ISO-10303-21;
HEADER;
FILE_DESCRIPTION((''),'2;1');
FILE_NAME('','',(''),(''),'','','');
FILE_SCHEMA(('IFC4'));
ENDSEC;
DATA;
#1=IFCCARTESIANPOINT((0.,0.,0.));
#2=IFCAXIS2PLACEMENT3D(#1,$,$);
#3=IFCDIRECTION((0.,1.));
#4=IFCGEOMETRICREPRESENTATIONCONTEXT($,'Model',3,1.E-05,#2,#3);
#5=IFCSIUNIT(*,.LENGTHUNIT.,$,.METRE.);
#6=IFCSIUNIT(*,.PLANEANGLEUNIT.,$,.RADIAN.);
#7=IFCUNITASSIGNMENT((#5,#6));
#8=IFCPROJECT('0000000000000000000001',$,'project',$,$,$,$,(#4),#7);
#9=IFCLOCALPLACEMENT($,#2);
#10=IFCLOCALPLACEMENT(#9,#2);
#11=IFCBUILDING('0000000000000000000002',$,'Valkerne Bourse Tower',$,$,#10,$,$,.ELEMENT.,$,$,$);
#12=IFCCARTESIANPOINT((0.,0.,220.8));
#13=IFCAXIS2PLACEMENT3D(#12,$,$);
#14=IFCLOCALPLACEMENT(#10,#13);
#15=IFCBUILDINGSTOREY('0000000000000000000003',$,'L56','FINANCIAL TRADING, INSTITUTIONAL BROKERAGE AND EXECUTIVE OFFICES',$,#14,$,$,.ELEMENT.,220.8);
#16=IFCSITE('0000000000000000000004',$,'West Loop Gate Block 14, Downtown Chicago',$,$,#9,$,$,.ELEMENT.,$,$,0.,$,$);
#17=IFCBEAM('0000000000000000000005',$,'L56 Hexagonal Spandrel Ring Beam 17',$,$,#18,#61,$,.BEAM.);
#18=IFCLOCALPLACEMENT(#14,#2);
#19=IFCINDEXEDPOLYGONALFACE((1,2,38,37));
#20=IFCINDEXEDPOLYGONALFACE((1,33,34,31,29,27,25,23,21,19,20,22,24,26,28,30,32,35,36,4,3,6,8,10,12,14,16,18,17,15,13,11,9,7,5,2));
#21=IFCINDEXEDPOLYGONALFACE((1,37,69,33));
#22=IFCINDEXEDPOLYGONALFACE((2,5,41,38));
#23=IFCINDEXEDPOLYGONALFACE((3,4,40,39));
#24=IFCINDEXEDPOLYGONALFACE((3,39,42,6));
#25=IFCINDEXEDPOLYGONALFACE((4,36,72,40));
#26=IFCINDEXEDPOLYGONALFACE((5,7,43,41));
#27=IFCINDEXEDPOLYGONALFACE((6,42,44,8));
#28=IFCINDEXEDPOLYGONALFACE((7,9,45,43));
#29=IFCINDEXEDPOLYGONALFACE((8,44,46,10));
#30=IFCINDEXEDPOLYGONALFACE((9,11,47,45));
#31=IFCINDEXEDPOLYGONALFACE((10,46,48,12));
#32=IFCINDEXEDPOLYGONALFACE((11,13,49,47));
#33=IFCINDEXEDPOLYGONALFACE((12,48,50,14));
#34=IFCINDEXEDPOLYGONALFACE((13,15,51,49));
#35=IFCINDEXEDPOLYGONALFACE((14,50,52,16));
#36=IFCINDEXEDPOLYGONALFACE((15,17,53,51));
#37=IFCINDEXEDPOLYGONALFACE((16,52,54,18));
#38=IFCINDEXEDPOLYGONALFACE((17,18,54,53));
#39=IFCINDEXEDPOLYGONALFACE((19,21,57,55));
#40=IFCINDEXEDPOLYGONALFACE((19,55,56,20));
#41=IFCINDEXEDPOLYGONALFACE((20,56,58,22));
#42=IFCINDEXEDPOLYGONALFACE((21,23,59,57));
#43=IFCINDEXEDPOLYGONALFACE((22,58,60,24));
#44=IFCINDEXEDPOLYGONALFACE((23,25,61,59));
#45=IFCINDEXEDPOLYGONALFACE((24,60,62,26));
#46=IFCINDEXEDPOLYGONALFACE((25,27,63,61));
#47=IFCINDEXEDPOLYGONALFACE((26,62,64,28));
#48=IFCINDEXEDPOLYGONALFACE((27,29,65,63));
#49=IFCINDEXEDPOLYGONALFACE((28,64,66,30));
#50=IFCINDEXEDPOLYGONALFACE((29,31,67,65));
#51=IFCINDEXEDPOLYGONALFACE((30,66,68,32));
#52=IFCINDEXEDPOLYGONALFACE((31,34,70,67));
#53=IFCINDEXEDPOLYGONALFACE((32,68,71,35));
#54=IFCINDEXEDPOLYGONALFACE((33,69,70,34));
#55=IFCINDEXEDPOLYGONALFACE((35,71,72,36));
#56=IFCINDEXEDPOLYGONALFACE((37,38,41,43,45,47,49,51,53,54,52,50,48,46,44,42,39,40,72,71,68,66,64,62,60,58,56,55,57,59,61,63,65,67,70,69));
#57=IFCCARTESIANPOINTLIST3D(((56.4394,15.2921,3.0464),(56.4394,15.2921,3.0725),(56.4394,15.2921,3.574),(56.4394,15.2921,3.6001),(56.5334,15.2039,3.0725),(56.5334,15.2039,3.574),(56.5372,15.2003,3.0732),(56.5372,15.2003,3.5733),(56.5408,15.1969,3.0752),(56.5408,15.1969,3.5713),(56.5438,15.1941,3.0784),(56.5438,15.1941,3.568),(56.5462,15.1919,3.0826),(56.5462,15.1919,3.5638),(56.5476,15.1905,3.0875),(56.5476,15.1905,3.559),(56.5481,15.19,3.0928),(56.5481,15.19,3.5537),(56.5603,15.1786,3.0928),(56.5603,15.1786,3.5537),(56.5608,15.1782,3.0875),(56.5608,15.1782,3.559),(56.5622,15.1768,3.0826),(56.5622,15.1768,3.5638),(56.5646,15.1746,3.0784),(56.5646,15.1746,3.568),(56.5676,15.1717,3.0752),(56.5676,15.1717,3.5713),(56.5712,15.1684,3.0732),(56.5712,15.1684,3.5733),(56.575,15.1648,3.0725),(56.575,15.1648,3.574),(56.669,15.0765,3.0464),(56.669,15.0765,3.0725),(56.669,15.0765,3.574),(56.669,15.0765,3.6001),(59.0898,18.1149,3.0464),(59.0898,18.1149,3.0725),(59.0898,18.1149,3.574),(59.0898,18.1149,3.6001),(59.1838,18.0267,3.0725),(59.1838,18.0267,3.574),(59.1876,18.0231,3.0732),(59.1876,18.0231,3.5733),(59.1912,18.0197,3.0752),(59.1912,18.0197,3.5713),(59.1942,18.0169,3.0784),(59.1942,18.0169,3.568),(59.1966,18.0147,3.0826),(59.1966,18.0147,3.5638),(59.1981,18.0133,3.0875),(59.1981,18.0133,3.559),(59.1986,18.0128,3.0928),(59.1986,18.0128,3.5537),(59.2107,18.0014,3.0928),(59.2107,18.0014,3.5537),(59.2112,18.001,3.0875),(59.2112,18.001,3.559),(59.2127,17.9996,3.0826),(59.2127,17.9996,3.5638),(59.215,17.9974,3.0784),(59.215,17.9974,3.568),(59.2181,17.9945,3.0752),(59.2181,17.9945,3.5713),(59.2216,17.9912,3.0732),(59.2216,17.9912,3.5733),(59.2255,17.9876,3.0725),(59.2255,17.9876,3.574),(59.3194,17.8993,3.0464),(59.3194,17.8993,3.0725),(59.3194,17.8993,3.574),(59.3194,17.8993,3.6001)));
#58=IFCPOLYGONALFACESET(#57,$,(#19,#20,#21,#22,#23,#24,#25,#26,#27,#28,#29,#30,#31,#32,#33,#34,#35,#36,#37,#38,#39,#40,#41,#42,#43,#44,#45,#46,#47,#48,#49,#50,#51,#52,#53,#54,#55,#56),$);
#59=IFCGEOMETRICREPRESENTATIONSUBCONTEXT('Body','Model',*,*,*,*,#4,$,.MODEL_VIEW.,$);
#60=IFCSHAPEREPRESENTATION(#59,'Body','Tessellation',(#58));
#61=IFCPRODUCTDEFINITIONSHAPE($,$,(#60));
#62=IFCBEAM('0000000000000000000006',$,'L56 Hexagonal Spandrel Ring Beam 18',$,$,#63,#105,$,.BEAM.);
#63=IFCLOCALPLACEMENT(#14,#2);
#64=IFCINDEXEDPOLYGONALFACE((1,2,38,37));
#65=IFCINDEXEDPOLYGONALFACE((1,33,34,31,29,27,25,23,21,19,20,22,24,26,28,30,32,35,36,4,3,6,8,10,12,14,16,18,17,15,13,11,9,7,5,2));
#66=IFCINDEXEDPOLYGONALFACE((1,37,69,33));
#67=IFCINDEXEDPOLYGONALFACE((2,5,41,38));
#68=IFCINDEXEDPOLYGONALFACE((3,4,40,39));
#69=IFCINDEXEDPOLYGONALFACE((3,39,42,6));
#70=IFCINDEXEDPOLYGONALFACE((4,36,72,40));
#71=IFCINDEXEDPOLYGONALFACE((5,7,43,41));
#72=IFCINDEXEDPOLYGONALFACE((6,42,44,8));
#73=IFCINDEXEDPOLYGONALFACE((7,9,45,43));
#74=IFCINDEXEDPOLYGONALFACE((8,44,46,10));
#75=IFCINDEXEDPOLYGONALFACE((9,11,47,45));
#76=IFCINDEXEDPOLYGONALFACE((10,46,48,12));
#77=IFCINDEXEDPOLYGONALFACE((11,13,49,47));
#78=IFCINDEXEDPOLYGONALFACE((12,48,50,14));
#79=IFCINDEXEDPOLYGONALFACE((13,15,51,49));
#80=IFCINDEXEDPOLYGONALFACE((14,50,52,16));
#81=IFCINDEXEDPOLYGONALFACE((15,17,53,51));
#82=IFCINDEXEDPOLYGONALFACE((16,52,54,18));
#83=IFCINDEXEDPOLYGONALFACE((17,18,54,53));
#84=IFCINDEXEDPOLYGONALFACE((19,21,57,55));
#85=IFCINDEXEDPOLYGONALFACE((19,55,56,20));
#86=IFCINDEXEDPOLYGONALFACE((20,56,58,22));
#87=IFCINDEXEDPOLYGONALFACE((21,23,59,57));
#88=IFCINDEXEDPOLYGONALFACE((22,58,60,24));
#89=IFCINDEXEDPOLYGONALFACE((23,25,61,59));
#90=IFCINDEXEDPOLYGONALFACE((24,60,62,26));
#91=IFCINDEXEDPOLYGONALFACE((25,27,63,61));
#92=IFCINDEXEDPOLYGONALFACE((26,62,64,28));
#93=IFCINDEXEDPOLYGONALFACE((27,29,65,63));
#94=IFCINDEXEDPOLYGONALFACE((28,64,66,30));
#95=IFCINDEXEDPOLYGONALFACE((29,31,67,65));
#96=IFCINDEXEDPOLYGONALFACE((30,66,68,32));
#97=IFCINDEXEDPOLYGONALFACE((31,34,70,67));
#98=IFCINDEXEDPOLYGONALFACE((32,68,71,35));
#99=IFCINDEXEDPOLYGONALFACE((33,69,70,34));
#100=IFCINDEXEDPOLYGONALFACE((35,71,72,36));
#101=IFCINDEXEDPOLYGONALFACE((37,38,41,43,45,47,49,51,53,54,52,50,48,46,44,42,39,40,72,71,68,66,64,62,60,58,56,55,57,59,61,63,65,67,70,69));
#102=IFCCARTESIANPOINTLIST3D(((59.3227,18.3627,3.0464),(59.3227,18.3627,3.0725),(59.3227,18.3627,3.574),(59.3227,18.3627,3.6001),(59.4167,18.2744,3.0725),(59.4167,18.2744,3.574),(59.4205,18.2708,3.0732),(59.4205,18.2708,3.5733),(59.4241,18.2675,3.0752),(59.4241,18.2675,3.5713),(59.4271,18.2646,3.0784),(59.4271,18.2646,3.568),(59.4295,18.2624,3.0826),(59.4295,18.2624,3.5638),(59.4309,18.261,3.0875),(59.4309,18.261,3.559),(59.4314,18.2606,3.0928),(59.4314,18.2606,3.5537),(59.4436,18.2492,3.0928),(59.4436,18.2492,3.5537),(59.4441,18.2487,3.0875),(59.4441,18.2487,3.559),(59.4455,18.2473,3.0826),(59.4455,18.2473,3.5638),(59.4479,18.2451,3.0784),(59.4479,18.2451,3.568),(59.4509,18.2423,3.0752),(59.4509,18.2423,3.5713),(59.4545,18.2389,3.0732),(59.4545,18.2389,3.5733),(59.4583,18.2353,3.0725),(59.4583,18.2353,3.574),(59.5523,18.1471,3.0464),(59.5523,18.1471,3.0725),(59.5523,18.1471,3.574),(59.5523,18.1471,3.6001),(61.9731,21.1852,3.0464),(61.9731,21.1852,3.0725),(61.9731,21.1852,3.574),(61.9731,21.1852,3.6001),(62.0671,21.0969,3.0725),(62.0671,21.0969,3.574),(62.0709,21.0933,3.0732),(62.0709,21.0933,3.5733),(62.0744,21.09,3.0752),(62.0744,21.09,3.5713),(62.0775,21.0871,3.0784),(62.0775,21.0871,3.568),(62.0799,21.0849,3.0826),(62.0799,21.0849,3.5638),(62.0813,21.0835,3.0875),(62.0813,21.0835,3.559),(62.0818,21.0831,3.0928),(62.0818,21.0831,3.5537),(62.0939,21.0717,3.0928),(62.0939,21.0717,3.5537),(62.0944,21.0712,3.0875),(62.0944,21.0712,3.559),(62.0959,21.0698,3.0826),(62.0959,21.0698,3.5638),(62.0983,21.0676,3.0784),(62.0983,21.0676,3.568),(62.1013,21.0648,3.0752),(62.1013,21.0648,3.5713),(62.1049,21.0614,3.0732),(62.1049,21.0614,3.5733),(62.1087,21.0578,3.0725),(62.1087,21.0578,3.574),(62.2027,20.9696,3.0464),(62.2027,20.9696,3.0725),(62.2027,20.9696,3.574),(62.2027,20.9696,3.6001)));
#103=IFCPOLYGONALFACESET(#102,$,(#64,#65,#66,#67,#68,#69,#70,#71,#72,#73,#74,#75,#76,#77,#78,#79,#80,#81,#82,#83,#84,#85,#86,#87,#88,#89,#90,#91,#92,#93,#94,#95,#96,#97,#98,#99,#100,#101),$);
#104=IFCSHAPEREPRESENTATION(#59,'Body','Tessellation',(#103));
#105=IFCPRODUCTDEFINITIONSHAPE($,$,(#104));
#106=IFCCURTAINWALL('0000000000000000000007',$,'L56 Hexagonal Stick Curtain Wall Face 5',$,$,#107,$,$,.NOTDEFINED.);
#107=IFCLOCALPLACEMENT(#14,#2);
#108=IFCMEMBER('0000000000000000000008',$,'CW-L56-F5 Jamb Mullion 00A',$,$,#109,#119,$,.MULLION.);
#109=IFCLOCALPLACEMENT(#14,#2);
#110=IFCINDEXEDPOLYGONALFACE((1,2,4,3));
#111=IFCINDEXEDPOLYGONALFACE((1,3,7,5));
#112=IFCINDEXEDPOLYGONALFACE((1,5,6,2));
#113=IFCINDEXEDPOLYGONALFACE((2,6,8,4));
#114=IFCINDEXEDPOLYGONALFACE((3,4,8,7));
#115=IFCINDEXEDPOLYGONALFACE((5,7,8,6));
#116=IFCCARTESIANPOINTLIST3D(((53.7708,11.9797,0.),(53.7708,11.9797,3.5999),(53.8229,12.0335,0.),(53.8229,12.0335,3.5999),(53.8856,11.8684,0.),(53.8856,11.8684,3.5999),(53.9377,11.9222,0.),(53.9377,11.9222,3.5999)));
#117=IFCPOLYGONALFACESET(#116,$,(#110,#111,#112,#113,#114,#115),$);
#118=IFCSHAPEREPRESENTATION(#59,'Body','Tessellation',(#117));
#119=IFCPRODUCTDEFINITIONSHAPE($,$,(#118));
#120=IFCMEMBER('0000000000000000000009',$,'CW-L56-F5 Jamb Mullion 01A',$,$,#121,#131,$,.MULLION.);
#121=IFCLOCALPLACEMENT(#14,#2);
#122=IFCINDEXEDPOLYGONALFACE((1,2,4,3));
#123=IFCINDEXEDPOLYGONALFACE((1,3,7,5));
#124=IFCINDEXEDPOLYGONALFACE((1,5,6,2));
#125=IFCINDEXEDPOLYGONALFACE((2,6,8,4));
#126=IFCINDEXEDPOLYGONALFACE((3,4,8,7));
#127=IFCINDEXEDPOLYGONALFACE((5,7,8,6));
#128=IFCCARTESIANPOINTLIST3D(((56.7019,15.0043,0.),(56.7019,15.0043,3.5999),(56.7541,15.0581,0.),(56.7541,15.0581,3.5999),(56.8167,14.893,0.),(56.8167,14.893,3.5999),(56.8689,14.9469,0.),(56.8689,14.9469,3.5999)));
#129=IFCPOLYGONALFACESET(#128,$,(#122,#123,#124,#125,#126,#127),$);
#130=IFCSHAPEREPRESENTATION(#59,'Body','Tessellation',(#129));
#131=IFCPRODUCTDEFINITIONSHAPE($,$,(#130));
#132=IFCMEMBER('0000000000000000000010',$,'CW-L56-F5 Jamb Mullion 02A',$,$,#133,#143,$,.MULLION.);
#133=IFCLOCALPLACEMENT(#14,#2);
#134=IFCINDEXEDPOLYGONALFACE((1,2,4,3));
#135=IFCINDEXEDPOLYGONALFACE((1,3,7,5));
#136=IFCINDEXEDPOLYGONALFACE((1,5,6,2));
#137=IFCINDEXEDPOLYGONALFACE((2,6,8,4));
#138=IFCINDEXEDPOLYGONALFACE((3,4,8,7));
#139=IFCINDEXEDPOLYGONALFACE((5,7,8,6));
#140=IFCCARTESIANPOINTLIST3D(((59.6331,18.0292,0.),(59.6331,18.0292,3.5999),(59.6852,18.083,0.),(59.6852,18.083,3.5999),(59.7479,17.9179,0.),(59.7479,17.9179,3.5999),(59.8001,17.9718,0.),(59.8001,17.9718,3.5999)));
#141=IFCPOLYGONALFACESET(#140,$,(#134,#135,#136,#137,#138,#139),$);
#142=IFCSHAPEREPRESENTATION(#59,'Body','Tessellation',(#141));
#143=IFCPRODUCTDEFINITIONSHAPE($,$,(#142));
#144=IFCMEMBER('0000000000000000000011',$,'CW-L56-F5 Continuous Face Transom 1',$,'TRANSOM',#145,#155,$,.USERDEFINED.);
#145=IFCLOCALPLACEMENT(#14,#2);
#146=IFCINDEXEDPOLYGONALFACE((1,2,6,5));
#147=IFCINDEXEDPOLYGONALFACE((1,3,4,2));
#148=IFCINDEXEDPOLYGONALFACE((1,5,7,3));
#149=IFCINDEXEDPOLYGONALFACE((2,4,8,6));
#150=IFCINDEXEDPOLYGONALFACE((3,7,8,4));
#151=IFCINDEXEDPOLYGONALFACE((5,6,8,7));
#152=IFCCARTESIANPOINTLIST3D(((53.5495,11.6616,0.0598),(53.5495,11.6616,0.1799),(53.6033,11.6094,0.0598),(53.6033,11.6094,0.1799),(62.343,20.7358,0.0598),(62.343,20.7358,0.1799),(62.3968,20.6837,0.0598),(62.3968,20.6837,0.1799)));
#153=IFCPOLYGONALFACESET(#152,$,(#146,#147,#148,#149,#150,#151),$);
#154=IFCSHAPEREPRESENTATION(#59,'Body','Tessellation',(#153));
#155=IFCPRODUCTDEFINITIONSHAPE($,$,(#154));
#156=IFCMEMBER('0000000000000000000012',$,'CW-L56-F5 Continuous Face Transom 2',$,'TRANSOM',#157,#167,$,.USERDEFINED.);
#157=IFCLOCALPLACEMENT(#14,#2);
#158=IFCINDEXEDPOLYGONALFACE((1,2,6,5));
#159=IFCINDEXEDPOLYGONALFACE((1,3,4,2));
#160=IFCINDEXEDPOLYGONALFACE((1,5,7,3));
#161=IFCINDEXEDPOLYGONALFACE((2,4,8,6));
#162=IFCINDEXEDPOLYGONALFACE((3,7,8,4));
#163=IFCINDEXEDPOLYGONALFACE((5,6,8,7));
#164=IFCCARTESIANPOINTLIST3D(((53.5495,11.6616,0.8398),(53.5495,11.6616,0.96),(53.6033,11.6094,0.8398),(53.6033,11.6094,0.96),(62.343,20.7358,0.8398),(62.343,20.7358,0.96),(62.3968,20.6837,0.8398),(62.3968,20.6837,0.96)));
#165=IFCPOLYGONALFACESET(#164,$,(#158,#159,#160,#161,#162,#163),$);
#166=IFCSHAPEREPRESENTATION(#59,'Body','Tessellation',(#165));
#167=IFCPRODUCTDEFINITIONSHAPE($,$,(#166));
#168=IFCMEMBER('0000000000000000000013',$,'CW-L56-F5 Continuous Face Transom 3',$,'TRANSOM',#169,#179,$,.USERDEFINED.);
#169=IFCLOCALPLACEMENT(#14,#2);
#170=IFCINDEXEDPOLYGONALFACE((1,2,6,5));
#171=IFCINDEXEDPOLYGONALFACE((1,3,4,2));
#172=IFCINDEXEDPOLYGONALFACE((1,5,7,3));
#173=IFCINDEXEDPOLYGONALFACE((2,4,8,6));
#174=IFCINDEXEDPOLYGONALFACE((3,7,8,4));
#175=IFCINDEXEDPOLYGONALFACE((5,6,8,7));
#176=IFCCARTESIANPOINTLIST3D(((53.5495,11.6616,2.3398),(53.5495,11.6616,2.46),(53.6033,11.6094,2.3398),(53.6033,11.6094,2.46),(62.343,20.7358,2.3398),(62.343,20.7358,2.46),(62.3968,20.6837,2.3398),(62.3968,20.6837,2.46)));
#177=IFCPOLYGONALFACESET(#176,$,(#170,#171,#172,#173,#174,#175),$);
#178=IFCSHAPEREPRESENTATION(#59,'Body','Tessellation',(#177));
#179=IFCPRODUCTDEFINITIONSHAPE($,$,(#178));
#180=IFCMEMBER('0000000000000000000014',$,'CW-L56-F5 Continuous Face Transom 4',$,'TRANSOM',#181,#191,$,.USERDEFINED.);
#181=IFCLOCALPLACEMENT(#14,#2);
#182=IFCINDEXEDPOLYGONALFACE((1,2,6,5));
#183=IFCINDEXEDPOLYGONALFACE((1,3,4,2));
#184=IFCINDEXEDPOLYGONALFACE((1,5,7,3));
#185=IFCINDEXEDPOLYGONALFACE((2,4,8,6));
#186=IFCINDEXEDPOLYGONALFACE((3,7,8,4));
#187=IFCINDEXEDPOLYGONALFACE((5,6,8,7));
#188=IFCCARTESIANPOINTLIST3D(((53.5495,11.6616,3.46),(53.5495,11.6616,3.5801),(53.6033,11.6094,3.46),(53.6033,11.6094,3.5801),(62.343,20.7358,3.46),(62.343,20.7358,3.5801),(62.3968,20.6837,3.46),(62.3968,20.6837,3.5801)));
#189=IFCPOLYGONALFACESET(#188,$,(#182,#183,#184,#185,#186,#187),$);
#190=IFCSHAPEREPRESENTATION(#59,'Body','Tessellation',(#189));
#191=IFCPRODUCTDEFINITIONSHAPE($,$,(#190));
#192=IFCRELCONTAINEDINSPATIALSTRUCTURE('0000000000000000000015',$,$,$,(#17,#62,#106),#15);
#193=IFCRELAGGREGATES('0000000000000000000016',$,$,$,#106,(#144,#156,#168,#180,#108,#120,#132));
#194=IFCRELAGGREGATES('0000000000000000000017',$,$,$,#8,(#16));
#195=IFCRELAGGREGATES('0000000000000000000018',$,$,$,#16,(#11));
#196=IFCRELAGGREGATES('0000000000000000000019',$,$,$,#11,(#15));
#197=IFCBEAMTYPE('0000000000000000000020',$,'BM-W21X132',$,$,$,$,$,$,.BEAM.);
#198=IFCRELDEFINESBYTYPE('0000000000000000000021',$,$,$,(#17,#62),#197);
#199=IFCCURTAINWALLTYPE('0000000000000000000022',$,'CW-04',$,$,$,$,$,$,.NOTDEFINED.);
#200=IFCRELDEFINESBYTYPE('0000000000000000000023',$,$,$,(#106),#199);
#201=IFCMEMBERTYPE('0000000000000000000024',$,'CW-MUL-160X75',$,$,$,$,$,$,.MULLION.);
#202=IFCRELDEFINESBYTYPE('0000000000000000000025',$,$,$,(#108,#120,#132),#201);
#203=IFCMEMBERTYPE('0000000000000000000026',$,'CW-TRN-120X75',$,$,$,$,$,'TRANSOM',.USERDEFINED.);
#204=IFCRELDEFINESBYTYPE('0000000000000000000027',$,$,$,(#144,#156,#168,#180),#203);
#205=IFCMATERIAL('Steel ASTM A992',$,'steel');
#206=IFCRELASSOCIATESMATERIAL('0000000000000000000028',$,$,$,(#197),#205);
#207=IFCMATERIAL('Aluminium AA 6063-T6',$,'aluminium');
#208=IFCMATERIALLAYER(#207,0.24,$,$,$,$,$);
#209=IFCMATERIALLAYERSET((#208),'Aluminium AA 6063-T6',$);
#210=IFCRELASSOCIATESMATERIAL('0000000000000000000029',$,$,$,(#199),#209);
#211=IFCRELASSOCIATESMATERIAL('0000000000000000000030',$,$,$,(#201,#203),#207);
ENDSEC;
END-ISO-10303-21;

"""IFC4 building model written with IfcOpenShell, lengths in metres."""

from ifc_helpers import new_model, si_unit, direction, frame, origin, origin_2d, place, context, subcontext, project, spatial, rectangle, i_section, extrude, material, layer, layer_set, material_profile, profile_set, type_object, element, aggregate, save


model = new_model("IFC4")

# Units and contexts
model_context = context("Model", 3, precision=1e-05, world=origin(), true_north=direction((0.0, 1.0)))
body_context = subcontext(model_context, "Body", "Model", "MODEL_VIEW")
ifc_project = project(units=[si_unit("LENGTHUNIT", "METRE"), si_unit("PLANEANGLEUNIT", "RADIAN")], contexts=[model_context])

# Site, building, storey
site_placement = place(None, origin())
site = spatial("IfcSite", under=ifc_project, at=site_placement, Name="West Loop Gate Block 14, Downtown Chicago", CompositionType="ELEMENT", RefElevation=0.0)
building_placement = place(site_placement, origin())
building = spatial("IfcBuilding", under=site, at=building_placement, Name="Valkerne Bourse Tower", CompositionType="ELEMENT")
storey_placement = place(building_placement, frame((0.0, 0.0, 220.8)))
storey = spatial("IfcBuildingStorey", under=building, at=storey_placement, Name="L56", Description="FINANCIAL TRADING, INSTITUTIONAL BROKERAGE AND EXECUTIVE OFFICES", CompositionType="ELEMENT", Elevation=220.8)

# Beams
ifc_material_1 = material(Name="Steel ASTM A992", Category="steel")
ifc_material_profile_1 = material_profile(ifc_material_1, i_section(OverallWidth=0.3149, OverallDepth=0.5537, WebThickness=0.0166, FlangeThickness=0.0261, FilletRadius=0.0203, at=origin_2d()), Name="W21X132")
ifc_profile_set_1 = profile_set([ifc_material_profile_1], Name="Steel ASTM A992")
beam_type = type_object("IfcBeamType", Name="BM-W21X132", PredefinedType="BEAM", material=ifc_profile_set_1)
beam_1_placement = place(storey_placement, frame((56.5542, 15.1843, 3.3232), z_axis=(0.684499, 0.729014, 0.0), x_axis=(-0.729014, 0.684499, 0.0)))
element("IfcBeam", 1, at=beam_1_placement, inside=storey, type_object=beam_type, Name="L56 Hexagonal Spandrel Ring Beam 17", PredefinedType="BEAM", context=body_context, shape_type="SweptSolid", body=[
    extrude(i_section(OverallWidth=0.3149, OverallDepth=0.5537, WebThickness=0.0166, FlangeThickness=0.0261, FilletRadius=0.0203, at=origin_2d()), origin(), (0.0, 0.0, 1.0), 3.8721),
])
beam_2_placement = place(storey_placement, frame((59.4375, 18.2549, 3.3232), z_axis=(0.68453, 0.728984, 0.0), x_axis=(-0.728984, 0.68453, 0.0)))
element("IfcBeam", 2, at=beam_2_placement, inside=storey, type_object=beam_type, Name="L56 Hexagonal Spandrel Ring Beam 18", PredefinedType="BEAM", context=body_context, shape_type="SweptSolid", body=[
    extrude(i_section(OverallWidth=0.3149, OverallDepth=0.5537, WebThickness=0.0166, FlangeThickness=0.0261, FilletRadius=0.0203, at=origin_2d()), origin(), (0.0, 0.0, 1.0), 3.8718),
])

# Curtain wall, members
ifc_material_2 = material(Name="Aluminium AA 6063-T6", Category="aluminium")
ifc_layer_1 = layer(ifc_material_2, 0.24)
ifc_layer_set_1 = layer_set([ifc_layer_1], Name="Aluminium AA 6063-T6")
curtain_wall_type = type_object("IfcCurtainWallType", Name="CW-04", PredefinedType="NOTDEFINED", material=ifc_layer_set_1)
curtain_wall_placement = place(storey_placement, origin())
curtain_wall = element("IfcCurtainWall", 3, at=curtain_wall_placement, inside=storey, type_object=curtain_wall_type, Name="L56 Hexagonal Stick Curtain Wall Face 5", PredefinedType="NOTDEFINED")
ifc_material_profile_2 = material_profile(ifc_material_2, rectangle(XDim=0.075, YDim=0.1599, at=origin_2d()), Name="CWM-75X160")
ifc_profile_set_2 = profile_set([ifc_material_profile_2], Name="Aluminium AA 6063-T6")
member_type_1 = type_object("IfcMemberType", Name="CW-MUL-160X75", PredefinedType="MULLION", material=ifc_profile_set_2)
member_1_placement = place(storey_placement, frame((53.8542, 11.9509, 0.0), z_axis=(0.0, 0.0, 1.0), x_axis=(0.69592, 0.718119, 0.0)))
member_1 = element("IfcMember", 4, at=member_1_placement, type_object=member_type_1, Name="CW-L56-F5 Jamb Mullion 00A", PredefinedType="MULLION", context=body_context, shape_type="SweptSolid", body=[
    extrude(rectangle(XDim=0.075, YDim=0.1599, at=origin_2d()), origin(), (0.0, 0.0, 1.0), 3.5999),
])
member_2_placement = place(storey_placement, frame((56.7854, 14.9756, 0.0), z_axis=(0.0, 0.0, 1.0), x_axis=(0.695908, 0.71813, 0.0)))
member_2 = element("IfcMember", 5, at=member_2_placement, type_object=member_type_1, Name="CW-L56-F5 Jamb Mullion 01A", PredefinedType="MULLION", context=body_context, shape_type="SweptSolid", body=[
    extrude(rectangle(XDim=0.075, YDim=0.1599, at=origin_2d()), origin(), (0.0, 0.0, 1.0), 3.5999),
])
member_3_placement = place(storey_placement, frame((59.7166, 18.0005, 0.0), z_axis=(0.0, 0.0, 1.0), x_axis=(0.69592, 0.718119, 0.0)))
member_3 = element("IfcMember", 6, at=member_3_placement, type_object=member_type_1, Name="CW-L56-F5 Jamb Mullion 02A", PredefinedType="MULLION", context=body_context, shape_type="SweptSolid", body=[
    extrude(rectangle(XDim=0.075, YDim=0.1599, at=origin_2d()), origin(), (0.0, 0.0, 1.0), 3.5999),
])
ifc_material_profile_3 = material_profile(ifc_material_2, rectangle(XDim=0.075, YDim=0.1201, at=origin_2d()), Name="CWT-75X120")
ifc_profile_set_3 = profile_set([ifc_material_profile_3], Name="Aluminium AA 6063-T6")
member_type_2 = type_object("IfcMemberType", Name="CW-TRN-120X75", ElementType="TRANSOM", PredefinedType="USERDEFINED", material=ifc_profile_set_3)
member_4_placement = place(storey_placement, frame((53.5764, 11.6355, 0.1199), z_axis=(0.69591, 0.718129, 0.0), x_axis=(-0.718129, 0.69591, 0.0)))
member_4 = element("IfcMember", 7, at=member_4_placement, type_object=member_type_2, Name="CW-L56-F5 Continuous Face Transom 1", ObjectType="TRANSOM", PredefinedType="USERDEFINED", context=body_context, shape_type="SweptSolid", body=[
    extrude(rectangle(XDim=0.075, YDim=0.1201, at=origin_2d()), origin(), (0.0, 0.0, 1.0), 12.636),
])
member_5_placement = place(storey_placement, frame((53.5764, 11.6355, 0.8999), z_axis=(0.69591, 0.718129, 0.0), x_axis=(-0.718129, 0.69591, 0.0)))
member_5 = element("IfcMember", 8, at=member_5_placement, type_object=member_type_2, Name="CW-L56-F5 Continuous Face Transom 2", ObjectType="TRANSOM", PredefinedType="USERDEFINED", context=body_context, shape_type="SweptSolid", body=[
    extrude(rectangle(XDim=0.075, YDim=0.1201, at=origin_2d()), origin(), (0.0, 0.0, 1.0), 12.636),
])
member_6_placement = place(storey_placement, frame((53.5764, 11.6355, 2.3999), z_axis=(0.69591, 0.718129, 0.0), x_axis=(-0.718129, 0.69591, 0.0)))
member_6 = element("IfcMember", 9, at=member_6_placement, type_object=member_type_2, Name="CW-L56-F5 Continuous Face Transom 3", ObjectType="TRANSOM", PredefinedType="USERDEFINED", context=body_context, shape_type="SweptSolid", body=[
    extrude(rectangle(XDim=0.075, YDim=0.1201, at=origin_2d()), origin(), (0.0, 0.0, 1.0), 12.636),
])
member_7_placement = place(storey_placement, frame((53.5764, 11.6355, 3.52), z_axis=(0.69591, 0.718129, 0.0), x_axis=(-0.718129, 0.69591, 0.0)))
member_7 = element("IfcMember", 10, at=member_7_placement, type_object=member_type_2, Name="CW-L56-F5 Continuous Face Transom 4", ObjectType="TRANSOM", PredefinedType="USERDEFINED", context=body_context, shape_type="SweptSolid", body=[
    extrude(rectangle(XDim=0.075, YDim=0.1201, at=origin_2d()), origin(), (0.0, 0.0, 1.0), 12.636),
])

aggregate(curtain_wall, [member_4, member_5, member_6, member_7, member_1, member_2, member_3])

save(model, "model.ifc")
